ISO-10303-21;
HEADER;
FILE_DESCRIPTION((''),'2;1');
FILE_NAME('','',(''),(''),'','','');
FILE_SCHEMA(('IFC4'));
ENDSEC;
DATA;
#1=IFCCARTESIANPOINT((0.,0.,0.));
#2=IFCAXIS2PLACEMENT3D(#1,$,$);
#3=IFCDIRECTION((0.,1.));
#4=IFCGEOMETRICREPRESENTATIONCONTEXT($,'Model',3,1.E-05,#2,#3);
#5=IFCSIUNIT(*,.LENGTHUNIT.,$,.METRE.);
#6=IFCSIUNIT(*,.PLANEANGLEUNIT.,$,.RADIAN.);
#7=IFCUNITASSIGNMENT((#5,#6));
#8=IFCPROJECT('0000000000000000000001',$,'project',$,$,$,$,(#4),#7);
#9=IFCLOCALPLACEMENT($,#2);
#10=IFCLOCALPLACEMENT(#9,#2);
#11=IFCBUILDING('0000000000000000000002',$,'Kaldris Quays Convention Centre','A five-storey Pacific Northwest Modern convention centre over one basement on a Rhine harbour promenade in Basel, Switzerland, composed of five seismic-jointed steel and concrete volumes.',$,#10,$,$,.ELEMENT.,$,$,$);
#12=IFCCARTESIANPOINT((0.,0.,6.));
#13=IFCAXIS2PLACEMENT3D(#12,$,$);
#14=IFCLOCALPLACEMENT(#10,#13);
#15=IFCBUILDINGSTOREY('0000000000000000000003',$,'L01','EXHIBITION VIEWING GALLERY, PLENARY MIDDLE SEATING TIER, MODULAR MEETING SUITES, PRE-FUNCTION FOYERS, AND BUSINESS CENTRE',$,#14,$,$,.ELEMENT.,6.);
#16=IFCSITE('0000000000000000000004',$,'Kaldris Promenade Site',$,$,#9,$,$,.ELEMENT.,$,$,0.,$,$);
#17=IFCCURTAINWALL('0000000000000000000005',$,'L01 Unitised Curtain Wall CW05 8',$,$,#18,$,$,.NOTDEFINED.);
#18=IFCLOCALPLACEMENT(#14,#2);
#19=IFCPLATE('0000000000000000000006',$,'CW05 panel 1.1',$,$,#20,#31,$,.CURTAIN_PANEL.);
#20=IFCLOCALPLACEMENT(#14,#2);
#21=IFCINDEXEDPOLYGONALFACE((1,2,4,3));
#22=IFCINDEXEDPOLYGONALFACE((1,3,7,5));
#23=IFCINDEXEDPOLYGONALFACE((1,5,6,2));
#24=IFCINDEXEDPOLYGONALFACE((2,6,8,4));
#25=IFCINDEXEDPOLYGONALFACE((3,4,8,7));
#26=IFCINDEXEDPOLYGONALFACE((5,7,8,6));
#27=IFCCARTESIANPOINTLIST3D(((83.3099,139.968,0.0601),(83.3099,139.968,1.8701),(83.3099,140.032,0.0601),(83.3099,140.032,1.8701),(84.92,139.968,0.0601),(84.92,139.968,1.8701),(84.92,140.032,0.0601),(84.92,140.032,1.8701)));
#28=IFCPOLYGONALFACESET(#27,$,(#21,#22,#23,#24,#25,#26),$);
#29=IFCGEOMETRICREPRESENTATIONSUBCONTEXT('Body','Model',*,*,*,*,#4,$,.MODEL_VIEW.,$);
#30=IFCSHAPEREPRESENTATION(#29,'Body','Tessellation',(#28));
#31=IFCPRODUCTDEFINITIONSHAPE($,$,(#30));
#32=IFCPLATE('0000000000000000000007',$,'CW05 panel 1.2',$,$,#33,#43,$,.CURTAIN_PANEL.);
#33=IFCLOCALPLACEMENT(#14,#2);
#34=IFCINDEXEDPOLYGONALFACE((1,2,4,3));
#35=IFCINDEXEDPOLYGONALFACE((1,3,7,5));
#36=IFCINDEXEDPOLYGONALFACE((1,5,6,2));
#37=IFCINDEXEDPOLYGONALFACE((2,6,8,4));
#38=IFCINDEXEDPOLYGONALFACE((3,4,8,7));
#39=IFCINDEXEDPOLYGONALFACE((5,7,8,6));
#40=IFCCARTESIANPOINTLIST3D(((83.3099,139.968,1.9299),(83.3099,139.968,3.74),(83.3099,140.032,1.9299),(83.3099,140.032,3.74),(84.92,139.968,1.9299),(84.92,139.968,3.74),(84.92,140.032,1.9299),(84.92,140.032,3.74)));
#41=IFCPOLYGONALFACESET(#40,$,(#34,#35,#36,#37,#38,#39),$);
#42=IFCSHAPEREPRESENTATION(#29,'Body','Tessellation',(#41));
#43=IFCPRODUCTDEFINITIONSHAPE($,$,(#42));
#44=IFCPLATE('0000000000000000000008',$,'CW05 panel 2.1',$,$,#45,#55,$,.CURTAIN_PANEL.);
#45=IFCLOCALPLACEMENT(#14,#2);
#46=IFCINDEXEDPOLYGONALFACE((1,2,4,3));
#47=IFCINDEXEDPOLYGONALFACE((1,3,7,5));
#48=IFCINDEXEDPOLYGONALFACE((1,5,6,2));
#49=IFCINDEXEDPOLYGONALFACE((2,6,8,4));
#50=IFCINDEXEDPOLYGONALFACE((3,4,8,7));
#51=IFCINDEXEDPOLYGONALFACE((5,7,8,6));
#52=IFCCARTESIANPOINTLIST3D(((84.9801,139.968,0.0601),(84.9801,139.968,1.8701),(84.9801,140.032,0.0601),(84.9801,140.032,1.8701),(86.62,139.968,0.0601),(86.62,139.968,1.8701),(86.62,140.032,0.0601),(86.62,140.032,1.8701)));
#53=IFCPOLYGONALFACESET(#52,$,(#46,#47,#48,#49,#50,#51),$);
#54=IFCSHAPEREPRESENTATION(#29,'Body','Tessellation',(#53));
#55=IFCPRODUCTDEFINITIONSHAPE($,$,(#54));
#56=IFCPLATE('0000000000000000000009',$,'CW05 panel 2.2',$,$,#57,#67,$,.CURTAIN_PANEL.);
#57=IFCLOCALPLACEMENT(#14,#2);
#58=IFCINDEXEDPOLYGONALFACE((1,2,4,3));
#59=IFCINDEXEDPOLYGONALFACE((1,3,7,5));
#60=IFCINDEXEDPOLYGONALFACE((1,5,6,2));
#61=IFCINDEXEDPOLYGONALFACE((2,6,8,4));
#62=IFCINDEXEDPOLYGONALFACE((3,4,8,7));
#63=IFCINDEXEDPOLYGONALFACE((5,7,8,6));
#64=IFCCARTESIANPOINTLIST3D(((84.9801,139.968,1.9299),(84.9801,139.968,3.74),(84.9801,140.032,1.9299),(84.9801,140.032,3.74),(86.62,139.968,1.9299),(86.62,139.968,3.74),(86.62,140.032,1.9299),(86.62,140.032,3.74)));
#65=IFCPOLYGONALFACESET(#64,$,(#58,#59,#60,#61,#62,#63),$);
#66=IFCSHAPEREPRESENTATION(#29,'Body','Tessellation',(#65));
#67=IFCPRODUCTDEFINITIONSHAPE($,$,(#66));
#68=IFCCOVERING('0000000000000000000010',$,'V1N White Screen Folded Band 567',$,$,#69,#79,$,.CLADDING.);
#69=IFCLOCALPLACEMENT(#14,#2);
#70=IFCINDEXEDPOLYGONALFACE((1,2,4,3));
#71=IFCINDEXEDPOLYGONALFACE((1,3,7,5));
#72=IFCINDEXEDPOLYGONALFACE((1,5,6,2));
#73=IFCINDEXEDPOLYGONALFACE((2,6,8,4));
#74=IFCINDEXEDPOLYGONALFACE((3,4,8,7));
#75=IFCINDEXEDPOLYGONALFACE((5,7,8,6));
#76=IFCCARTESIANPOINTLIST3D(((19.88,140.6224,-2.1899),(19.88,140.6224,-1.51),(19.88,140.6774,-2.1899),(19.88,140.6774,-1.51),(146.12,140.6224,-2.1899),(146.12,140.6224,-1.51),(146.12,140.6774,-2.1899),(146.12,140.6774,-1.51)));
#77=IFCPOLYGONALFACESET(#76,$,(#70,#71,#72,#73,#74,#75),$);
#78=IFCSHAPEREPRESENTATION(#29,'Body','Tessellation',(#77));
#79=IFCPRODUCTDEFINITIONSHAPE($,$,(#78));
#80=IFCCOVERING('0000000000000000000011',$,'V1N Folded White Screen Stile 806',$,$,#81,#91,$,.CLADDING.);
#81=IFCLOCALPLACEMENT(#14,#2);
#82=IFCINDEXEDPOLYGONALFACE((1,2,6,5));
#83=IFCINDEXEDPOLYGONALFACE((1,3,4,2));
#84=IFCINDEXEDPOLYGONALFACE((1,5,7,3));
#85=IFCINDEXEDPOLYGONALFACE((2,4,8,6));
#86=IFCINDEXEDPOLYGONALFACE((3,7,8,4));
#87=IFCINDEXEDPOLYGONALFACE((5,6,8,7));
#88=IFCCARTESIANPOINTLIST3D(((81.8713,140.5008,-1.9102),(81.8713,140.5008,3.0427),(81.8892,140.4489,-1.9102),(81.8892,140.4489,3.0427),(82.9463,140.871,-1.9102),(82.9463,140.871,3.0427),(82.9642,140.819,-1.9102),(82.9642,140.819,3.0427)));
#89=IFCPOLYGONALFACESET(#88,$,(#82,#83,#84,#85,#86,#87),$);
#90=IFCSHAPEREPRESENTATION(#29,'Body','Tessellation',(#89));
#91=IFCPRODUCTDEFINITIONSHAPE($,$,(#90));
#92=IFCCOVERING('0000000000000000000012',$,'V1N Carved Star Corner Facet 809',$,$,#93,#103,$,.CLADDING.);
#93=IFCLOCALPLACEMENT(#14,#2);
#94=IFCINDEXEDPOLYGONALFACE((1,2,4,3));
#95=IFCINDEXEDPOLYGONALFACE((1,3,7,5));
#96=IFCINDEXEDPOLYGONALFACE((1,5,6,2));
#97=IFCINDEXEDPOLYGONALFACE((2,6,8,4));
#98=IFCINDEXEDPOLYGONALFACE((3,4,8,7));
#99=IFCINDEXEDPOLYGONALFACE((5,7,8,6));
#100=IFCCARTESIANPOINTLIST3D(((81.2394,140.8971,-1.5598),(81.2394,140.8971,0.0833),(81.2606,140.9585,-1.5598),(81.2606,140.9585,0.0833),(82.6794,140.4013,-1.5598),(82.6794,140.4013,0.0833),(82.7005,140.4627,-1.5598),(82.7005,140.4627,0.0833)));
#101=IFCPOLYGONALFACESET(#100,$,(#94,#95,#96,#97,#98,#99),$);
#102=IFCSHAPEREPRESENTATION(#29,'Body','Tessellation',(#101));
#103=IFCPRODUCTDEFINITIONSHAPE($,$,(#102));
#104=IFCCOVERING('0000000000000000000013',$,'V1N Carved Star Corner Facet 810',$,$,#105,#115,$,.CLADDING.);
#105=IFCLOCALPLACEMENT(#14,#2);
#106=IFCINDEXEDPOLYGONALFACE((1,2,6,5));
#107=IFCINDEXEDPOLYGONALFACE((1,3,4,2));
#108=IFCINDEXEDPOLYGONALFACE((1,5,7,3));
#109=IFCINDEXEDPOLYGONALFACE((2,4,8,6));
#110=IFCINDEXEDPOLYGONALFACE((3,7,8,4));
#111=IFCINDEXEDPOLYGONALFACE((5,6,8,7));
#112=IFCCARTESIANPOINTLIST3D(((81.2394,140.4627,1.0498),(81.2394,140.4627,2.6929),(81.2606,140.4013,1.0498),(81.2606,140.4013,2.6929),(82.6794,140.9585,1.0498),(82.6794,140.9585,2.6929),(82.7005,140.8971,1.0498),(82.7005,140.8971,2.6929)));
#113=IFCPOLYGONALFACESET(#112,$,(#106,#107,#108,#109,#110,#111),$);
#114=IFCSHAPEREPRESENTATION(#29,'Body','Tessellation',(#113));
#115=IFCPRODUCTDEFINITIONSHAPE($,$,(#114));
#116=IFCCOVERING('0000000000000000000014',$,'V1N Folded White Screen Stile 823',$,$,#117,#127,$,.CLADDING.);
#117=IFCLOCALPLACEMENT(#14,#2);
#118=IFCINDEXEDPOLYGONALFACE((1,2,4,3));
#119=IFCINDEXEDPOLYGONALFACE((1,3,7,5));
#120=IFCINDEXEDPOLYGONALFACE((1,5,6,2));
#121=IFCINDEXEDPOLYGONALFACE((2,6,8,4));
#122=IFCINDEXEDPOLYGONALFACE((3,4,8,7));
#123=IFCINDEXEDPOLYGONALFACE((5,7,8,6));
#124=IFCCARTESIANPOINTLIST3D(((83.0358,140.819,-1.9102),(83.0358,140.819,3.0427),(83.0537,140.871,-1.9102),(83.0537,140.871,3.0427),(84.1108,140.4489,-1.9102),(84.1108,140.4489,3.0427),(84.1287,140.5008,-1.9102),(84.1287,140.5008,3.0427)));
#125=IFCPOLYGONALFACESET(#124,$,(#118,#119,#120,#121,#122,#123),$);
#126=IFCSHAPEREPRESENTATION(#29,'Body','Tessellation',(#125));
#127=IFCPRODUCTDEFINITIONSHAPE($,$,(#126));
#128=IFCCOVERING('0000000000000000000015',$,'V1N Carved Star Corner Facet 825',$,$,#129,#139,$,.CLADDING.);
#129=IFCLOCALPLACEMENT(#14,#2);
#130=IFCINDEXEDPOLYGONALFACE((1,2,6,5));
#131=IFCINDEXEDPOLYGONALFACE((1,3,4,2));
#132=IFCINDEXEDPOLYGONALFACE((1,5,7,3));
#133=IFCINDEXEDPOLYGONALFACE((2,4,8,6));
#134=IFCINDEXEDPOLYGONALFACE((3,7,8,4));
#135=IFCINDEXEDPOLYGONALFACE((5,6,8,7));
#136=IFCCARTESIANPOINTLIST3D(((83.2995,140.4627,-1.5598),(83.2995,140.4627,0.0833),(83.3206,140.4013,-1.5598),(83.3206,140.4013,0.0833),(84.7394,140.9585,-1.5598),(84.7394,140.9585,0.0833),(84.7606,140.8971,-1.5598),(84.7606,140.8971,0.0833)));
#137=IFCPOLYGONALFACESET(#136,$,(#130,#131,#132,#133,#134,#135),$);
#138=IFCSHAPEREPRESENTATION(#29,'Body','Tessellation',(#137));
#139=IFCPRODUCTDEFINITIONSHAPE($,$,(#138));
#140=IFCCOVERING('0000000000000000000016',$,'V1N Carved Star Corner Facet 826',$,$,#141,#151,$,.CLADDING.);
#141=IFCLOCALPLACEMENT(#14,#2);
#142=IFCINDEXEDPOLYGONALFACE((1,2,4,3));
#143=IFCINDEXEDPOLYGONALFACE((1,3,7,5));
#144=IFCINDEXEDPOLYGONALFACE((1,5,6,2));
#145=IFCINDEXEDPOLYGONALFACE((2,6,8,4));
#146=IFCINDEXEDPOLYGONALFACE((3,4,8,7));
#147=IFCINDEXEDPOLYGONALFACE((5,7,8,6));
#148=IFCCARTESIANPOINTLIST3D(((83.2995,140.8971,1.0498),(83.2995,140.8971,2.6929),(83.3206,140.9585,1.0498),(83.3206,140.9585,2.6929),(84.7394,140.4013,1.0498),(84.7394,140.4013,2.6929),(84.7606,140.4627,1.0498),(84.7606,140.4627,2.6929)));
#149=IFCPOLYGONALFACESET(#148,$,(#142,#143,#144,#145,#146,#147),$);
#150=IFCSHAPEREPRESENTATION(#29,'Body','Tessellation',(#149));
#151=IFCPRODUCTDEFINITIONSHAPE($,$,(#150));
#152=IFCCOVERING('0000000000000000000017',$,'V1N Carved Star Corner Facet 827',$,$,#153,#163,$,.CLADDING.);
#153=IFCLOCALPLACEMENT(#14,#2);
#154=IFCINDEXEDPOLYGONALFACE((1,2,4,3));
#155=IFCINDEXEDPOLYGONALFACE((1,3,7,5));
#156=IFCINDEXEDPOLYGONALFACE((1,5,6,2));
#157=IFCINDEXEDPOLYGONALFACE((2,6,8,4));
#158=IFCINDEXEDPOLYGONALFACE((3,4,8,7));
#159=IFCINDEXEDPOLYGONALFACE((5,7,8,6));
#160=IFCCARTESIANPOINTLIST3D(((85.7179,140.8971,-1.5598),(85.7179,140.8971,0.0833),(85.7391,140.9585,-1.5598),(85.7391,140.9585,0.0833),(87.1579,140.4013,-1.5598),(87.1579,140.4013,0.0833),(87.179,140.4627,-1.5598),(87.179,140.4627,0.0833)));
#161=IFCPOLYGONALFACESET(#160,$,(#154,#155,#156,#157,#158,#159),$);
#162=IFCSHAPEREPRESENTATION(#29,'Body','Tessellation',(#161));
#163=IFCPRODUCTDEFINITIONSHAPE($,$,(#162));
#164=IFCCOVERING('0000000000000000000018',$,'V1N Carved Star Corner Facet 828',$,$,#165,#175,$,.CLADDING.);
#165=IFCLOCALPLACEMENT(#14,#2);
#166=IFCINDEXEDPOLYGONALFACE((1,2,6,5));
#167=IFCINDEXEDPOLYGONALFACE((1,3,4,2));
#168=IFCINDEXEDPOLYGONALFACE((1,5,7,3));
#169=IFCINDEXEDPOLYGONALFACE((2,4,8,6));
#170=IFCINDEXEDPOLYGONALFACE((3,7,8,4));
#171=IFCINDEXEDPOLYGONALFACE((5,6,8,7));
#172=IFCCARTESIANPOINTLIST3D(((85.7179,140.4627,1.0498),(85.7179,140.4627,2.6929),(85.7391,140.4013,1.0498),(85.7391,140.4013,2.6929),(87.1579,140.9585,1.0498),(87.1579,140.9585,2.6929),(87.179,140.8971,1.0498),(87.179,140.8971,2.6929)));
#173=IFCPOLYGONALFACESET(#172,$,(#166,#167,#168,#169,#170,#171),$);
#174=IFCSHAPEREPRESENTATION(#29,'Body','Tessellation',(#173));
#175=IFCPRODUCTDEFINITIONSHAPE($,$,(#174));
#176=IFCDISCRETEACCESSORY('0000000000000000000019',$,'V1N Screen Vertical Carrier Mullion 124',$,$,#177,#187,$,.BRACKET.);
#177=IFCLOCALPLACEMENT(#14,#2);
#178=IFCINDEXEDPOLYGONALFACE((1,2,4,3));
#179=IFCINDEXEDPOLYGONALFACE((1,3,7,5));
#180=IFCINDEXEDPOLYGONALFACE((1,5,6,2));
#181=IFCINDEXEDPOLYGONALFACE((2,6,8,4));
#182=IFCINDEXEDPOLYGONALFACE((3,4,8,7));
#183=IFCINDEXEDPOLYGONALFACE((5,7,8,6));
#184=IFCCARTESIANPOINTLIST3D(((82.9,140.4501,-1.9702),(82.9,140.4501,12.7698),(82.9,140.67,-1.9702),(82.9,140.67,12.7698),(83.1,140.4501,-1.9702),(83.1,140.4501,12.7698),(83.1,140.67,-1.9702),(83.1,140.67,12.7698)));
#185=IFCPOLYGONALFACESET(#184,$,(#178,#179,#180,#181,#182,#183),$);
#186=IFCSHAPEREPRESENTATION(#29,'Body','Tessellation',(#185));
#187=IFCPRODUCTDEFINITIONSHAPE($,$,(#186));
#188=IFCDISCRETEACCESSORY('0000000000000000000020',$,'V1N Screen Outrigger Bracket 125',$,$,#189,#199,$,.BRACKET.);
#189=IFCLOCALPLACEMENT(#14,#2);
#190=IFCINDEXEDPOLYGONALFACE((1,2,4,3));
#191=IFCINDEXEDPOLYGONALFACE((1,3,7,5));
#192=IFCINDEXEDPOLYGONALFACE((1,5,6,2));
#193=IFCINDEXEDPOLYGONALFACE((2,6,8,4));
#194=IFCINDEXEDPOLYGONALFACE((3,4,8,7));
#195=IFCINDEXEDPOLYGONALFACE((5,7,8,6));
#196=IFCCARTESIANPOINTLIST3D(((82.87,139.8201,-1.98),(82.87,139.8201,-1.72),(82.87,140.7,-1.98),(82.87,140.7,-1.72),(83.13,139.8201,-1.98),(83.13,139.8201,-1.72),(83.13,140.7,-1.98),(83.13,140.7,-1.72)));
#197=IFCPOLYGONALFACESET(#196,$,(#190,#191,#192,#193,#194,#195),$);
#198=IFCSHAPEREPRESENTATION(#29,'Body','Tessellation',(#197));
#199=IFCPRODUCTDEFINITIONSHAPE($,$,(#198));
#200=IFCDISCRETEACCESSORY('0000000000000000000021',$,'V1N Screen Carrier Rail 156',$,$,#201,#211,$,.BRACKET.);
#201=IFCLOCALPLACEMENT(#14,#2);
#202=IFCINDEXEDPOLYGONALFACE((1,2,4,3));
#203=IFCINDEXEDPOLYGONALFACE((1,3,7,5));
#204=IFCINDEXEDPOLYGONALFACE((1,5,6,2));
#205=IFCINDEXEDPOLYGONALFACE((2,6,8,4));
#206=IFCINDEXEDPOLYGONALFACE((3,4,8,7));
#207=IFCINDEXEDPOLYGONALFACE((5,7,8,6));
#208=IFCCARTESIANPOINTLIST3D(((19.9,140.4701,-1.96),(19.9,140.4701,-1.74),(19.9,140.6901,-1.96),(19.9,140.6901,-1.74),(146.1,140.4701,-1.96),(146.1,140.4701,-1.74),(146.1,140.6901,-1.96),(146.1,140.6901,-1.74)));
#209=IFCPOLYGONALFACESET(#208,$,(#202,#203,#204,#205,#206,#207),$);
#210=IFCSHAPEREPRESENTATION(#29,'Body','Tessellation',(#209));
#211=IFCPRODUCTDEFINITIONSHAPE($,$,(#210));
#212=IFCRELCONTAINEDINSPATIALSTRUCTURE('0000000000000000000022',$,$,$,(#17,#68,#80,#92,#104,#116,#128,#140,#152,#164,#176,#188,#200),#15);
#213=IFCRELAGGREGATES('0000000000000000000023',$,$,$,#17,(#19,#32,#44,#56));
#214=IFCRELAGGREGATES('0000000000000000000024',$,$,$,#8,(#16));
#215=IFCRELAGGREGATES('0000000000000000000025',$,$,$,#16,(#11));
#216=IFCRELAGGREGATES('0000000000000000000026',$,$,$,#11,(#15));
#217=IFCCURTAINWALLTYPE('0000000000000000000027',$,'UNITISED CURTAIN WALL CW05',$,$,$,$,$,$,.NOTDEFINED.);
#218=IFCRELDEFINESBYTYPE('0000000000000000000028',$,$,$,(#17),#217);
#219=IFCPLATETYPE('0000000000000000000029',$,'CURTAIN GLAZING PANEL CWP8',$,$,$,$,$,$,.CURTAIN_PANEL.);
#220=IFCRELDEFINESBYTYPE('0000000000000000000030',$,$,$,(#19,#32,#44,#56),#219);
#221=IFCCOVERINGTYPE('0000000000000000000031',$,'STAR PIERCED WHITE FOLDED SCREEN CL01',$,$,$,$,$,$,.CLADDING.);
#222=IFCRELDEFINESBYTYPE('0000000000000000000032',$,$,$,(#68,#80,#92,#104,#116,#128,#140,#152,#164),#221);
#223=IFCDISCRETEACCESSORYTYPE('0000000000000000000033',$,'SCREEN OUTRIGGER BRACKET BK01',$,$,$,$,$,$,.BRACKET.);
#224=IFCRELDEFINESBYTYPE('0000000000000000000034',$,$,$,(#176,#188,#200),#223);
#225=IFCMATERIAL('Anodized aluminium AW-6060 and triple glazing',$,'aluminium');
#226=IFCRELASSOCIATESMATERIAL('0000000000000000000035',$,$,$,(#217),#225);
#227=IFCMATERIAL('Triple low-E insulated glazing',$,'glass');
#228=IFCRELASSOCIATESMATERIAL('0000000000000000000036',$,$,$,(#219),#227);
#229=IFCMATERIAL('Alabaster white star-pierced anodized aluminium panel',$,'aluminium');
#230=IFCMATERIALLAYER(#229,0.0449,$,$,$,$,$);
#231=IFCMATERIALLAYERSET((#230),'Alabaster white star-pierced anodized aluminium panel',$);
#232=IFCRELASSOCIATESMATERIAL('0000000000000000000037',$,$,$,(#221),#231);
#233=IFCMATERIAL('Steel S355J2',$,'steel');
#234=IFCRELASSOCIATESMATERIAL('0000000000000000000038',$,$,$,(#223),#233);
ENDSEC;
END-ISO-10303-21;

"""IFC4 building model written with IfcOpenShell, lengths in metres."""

from ifc_helpers import new_model, si_unit, direction, frame, origin, origin_2d, place, context, subcontext, project, spatial, rectangle, extrude, material, layer, layer_set, type_object, element, aggregate, save


model = new_model("IFC4")

# Units and contexts
model_context = context("Model", 3, precision=1e-05, world=origin(), true_north=direction((0.0, 1.0)))
body_context = subcontext(model_context, "Body", "Model", "MODEL_VIEW")
ifc_project = project(units=[si_unit("LENGTHUNIT", "METRE"), si_unit("PLANEANGLEUNIT", "RADIAN")], contexts=[model_context])

# Site, building, storey
site_placement = place(None, origin())
site = spatial("IfcSite", under=ifc_project, at=site_placement, Name="Kaldris Promenade Site", CompositionType="ELEMENT", RefElevation=0.0)
building_placement = place(site_placement, origin())
building = spatial("IfcBuilding", under=site, at=building_placement, Name="Kaldris Quays Convention Centre", Description="A five-storey Pacific Northwest Modern convention centre over one basement on a Rhine harbour promenade in Basel, Switzerland, composed of five seismic-jointed steel and concrete volumes.", CompositionType="ELEMENT")
storey_placement = place(building_placement, frame((0.0, 0.0, 6.0)))
storey = spatial("IfcBuildingStorey", under=building, at=storey_placement, Name="L01", Description="EXHIBITION VIEWING GALLERY, PLENARY MIDDLE SEATING TIER, MODULAR MEETING SUITES, PRE-FUNCTION FOYERS, AND BUSINESS CENTRE", CompositionType="ELEMENT", Elevation=6.0)

# Shared definitions
ifc_material_1 = material(Name="Steel S355J2", Category="steel")

# Curtain wall, plates
ifc_material_2 = material(Name="Anodized aluminium AW-6060 and triple glazing", Category="aluminium")
curtain_wall_type = type_object("IfcCurtainWallType", Name="UNITISED CURTAIN WALL CW05", PredefinedType="NOTDEFINED", material=ifc_material_2)
curtain_wall_placement = place(storey_placement, origin())
curtain_wall = element("IfcCurtainWall", 1, at=curtain_wall_placement, inside=storey, type_object=curtain_wall_type, Name="L01 Unitised Curtain Wall CW05 8", PredefinedType="NOTDEFINED")
ifc_material_3 = material(Name="Triple low-E insulated glazing", Category="glass")
plate_type = type_object("IfcPlateType", Name="CURTAIN GLAZING PANEL CWP8", PredefinedType="CURTAIN_PANEL", material=ifc_material_3)
plate_1_placement = place(storey_placement, frame((84.115, 140.0, 0.0601), z_axis=(0.0, 0.0, 1.0), x_axis=(1.0, 0.0, 0.0)))
plate_1 = element("IfcPlate", 2, at=plate_1_placement, type_object=plate_type, Name="CW05 panel 1.1", PredefinedType="CURTAIN_PANEL", context=body_context, shape_type="SweptSolid", body=[
    extrude(rectangle(XDim=1.6101, YDim=0.064, at=origin_2d()), origin(), (0.0, 0.0, 1.0), 1.8101),
])
plate_2_placement = place(storey_placement, frame((84.115, 140.0, 1.9299), z_axis=(0.0, 0.0, 1.0), x_axis=(1.0, 0.0, 0.0)))
plate_2 = element("IfcPlate", 3, at=plate_2_placement, type_object=plate_type, Name="CW05 panel 1.2", PredefinedType="CURTAIN_PANEL", context=body_context, shape_type="SweptSolid", body=[
    extrude(rectangle(XDim=1.6101, YDim=0.064, at=origin_2d()), origin(), (0.0, 0.0, 1.0), 1.8101),
])
plate_3_placement = place(storey_placement, frame((85.8, 140.0, 0.0601), z_axis=(0.0, 0.0, 1.0), x_axis=(1.0, 0.0, 0.0)))
plate_3 = element("IfcPlate", 4, at=plate_3_placement, type_object=plate_type, Name="CW05 panel 2.1", PredefinedType="CURTAIN_PANEL", context=body_context, shape_type="SweptSolid", body=[
    extrude(rectangle(XDim=1.6399, YDim=0.064, at=origin_2d()), origin(), (0.0, 0.0, 1.0), 1.8101),
])
plate_4_placement = place(storey_placement, frame((85.8, 140.0, 1.9299), z_axis=(0.0, 0.0, 1.0), x_axis=(1.0, 0.0, 0.0)))
plate_4 = element("IfcPlate", 5, at=plate_4_placement, type_object=plate_type, Name="CW05 panel 2.2", PredefinedType="CURTAIN_PANEL", context=body_context, shape_type="SweptSolid", body=[
    extrude(rectangle(XDim=1.6399, YDim=0.064, at=origin_2d()), origin(), (0.0, 0.0, 1.0), 1.8101),
])
aggregate(curtain_wall, [plate_1, plate_2, plate_3, plate_4])

# Coverings
ifc_material_4 = material(Name="Alabaster white star-pierced anodized aluminium panel", Category="aluminium")
ifc_layer = layer(ifc_material_4, 0.0449)
ifc_layer_set = layer_set([ifc_layer], Name="Alabaster white star-pierced anodized aluminium panel")
covering_type = type_object("IfcCoveringType", Name="STAR PIERCED WHITE FOLDED SCREEN CL01", PredefinedType="CLADDING", material=ifc_layer_set)
covering_1_placement = place(storey_placement, frame((83.0, 140.6499, -2.1899), z_axis=(0.0, 0.0, 1.0), x_axis=(1.0, 0.0, 0.0)))
element("IfcCovering", 6, at=covering_1_placement, inside=storey, type_object=covering_type, Name="V1N White Screen Folded Band 567", PredefinedType="CLADDING", context=body_context, shape_type="SweptSolid", body=[
    extrude(rectangle(XDim=126.24, YDim=0.0549, at=origin_2d()), origin(), (0.0, 0.0, 1.0), 0.6799),
])
covering_2_placement = place(storey_placement, frame((82.4177, 140.6599, -1.9102), z_axis=(0.0, 0.0, 1.0), x_axis=(0.945519, 0.325568, 0.0)))
element("IfcCovering", 7, at=covering_2_placement, inside=storey, type_object=covering_type, Name="V1N Folded White Screen Stile 806", PredefinedType="CLADDING", context=body_context, shape_type="SweptSolid", body=[
    extrude(rectangle(XDim=1.137, YDim=0.0549, at=origin_2d()), origin(), (0.0, 0.0, 1.0), 4.9529),
])
for number, where, z_axis, x_axis, name in (
    (8, (81.97, 140.6799, -1.5598), (0.0, 0.0, 1.0), (0.945519, -0.325568, 0.0), "V1N Carved Star Corner Facet 809"),
    (9, (81.97, 140.6799, 1.0498), (0.0, 0.0, 1.0), (0.945519, 0.325568, 0.0), "V1N Carved Star Corner Facet 810"),
):
    element("IfcCovering", number, at=place(storey_placement, frame(where, z_axis=z_axis, x_axis=x_axis)), inside=storey, type_object=covering_type, Name=name, PredefinedType="CLADDING", context=body_context, shape_type="SweptSolid", body=[
        extrude(rectangle(XDim=1.5229, YDim=0.0649, at=origin_2d()), origin(), (0.0, 0.0, 1.0), 1.6431),
    ])
covering_3_placement = place(storey_placement, frame((83.5823, 140.6599, -1.9102), z_axis=(0.0, 0.0, 1.0), x_axis=(0.945519, -0.325568, 0.0)))
element("IfcCovering", 10, at=covering_3_placement, inside=storey, type_object=covering_type, Name="V1N Folded White Screen Stile 823", PredefinedType="CLADDING", context=body_context, shape_type="SweptSolid", body=[
    extrude(rectangle(XDim=1.137, YDim=0.0549, at=origin_2d()), origin(), (0.0, 0.0, 1.0), 4.9529),
])
for number, where, z_axis, x_axis, name in (
    (11, (84.03, 140.6799, -1.5598), (0.0, 0.0, 1.0), (0.945519, 0.325568, 0.0), "V1N Carved Star Corner Facet 825"),
    (12, (84.03, 140.6799, 1.0498), (0.0, 0.0, 1.0), (0.945519, -0.325568, 0.0), "V1N Carved Star Corner Facet 826"),
    (13, (86.4485, 140.6799, -1.5598), (0.0, 0.0, 1.0), (0.945519, -0.325568, 0.0), "V1N Carved Star Corner Facet 827"),
    (14, (86.4485, 140.6799, 1.0498), (0.0, 0.0, 1.0), (0.945519, 0.325568, 0.0), "V1N Carved Star Corner Facet 828"),
):
    element("IfcCovering", number, at=place(storey_placement, frame(where, z_axis=z_axis, x_axis=x_axis)), inside=storey, type_object=covering_type, Name=name, PredefinedType="CLADDING", context=body_context, shape_type="SweptSolid", body=[
        extrude(rectangle(XDim=1.5229, YDim=0.0649, at=origin_2d()), origin(), (0.0, 0.0, 1.0), 1.6431),
    ])

# Discrete accessories
discrete_accessory_type = type_object("IfcDiscreteAccessoryType", Name="SCREEN OUTRIGGER BRACKET BK01", PredefinedType="BRACKET", material=ifc_material_1)
discrete_accessory_1_placement = place(storey_placement, frame((83.0, 140.5601, -1.9702), z_axis=(0.0, 0.0, 1.0), x_axis=(1.0, 0.0, 0.0)))
element("IfcDiscreteAccessory", 15, at=discrete_accessory_1_placement, inside=storey, type_object=discrete_accessory_type, Name="V1N Screen Vertical Carrier Mullion 124", PredefinedType="BRACKET", context=body_context, shape_type="SweptSolid", body=[
    extrude(rectangle(XDim=0.2, YDim=0.22, at=origin_2d()), origin(), (0.0, 0.0, 1.0), 14.74),
])
discrete_accessory_2_placement = place(storey_placement, frame((83.0, 140.26, -1.98), z_axis=(0.0, 0.0, 1.0), x_axis=(1.0, 0.0, 0.0)))
element("IfcDiscreteAccessory", 16, at=discrete_accessory_2_placement, inside=storey, type_object=discrete_accessory_type, Name="V1N Screen Outrigger Bracket 125", PredefinedType="BRACKET", context=body_context, shape_type="SweptSolid", body=[
    extrude(rectangle(XDim=0.26, YDim=0.8799, at=origin_2d()), origin(), (0.0, 0.0, 1.0), 0.26),
])
discrete_accessory_3_placement = place(storey_placement, frame((83.0, 140.5801, -1.96), z_axis=(0.0, 0.0, 1.0), x_axis=(1.0, 0.0, 0.0)))
element("IfcDiscreteAccessory", 17, at=discrete_accessory_3_placement, inside=storey, type_object=discrete_accessory_type, Name="V1N Screen Carrier Rail 156", PredefinedType="BRACKET", context=body_context, shape_type="SweptSolid", body=[
    extrude(rectangle(XDim=126.2, YDim=0.22, at=origin_2d()), origin(), (0.0, 0.0, 1.0), 0.22),
])

save(model, "model.ifc")
